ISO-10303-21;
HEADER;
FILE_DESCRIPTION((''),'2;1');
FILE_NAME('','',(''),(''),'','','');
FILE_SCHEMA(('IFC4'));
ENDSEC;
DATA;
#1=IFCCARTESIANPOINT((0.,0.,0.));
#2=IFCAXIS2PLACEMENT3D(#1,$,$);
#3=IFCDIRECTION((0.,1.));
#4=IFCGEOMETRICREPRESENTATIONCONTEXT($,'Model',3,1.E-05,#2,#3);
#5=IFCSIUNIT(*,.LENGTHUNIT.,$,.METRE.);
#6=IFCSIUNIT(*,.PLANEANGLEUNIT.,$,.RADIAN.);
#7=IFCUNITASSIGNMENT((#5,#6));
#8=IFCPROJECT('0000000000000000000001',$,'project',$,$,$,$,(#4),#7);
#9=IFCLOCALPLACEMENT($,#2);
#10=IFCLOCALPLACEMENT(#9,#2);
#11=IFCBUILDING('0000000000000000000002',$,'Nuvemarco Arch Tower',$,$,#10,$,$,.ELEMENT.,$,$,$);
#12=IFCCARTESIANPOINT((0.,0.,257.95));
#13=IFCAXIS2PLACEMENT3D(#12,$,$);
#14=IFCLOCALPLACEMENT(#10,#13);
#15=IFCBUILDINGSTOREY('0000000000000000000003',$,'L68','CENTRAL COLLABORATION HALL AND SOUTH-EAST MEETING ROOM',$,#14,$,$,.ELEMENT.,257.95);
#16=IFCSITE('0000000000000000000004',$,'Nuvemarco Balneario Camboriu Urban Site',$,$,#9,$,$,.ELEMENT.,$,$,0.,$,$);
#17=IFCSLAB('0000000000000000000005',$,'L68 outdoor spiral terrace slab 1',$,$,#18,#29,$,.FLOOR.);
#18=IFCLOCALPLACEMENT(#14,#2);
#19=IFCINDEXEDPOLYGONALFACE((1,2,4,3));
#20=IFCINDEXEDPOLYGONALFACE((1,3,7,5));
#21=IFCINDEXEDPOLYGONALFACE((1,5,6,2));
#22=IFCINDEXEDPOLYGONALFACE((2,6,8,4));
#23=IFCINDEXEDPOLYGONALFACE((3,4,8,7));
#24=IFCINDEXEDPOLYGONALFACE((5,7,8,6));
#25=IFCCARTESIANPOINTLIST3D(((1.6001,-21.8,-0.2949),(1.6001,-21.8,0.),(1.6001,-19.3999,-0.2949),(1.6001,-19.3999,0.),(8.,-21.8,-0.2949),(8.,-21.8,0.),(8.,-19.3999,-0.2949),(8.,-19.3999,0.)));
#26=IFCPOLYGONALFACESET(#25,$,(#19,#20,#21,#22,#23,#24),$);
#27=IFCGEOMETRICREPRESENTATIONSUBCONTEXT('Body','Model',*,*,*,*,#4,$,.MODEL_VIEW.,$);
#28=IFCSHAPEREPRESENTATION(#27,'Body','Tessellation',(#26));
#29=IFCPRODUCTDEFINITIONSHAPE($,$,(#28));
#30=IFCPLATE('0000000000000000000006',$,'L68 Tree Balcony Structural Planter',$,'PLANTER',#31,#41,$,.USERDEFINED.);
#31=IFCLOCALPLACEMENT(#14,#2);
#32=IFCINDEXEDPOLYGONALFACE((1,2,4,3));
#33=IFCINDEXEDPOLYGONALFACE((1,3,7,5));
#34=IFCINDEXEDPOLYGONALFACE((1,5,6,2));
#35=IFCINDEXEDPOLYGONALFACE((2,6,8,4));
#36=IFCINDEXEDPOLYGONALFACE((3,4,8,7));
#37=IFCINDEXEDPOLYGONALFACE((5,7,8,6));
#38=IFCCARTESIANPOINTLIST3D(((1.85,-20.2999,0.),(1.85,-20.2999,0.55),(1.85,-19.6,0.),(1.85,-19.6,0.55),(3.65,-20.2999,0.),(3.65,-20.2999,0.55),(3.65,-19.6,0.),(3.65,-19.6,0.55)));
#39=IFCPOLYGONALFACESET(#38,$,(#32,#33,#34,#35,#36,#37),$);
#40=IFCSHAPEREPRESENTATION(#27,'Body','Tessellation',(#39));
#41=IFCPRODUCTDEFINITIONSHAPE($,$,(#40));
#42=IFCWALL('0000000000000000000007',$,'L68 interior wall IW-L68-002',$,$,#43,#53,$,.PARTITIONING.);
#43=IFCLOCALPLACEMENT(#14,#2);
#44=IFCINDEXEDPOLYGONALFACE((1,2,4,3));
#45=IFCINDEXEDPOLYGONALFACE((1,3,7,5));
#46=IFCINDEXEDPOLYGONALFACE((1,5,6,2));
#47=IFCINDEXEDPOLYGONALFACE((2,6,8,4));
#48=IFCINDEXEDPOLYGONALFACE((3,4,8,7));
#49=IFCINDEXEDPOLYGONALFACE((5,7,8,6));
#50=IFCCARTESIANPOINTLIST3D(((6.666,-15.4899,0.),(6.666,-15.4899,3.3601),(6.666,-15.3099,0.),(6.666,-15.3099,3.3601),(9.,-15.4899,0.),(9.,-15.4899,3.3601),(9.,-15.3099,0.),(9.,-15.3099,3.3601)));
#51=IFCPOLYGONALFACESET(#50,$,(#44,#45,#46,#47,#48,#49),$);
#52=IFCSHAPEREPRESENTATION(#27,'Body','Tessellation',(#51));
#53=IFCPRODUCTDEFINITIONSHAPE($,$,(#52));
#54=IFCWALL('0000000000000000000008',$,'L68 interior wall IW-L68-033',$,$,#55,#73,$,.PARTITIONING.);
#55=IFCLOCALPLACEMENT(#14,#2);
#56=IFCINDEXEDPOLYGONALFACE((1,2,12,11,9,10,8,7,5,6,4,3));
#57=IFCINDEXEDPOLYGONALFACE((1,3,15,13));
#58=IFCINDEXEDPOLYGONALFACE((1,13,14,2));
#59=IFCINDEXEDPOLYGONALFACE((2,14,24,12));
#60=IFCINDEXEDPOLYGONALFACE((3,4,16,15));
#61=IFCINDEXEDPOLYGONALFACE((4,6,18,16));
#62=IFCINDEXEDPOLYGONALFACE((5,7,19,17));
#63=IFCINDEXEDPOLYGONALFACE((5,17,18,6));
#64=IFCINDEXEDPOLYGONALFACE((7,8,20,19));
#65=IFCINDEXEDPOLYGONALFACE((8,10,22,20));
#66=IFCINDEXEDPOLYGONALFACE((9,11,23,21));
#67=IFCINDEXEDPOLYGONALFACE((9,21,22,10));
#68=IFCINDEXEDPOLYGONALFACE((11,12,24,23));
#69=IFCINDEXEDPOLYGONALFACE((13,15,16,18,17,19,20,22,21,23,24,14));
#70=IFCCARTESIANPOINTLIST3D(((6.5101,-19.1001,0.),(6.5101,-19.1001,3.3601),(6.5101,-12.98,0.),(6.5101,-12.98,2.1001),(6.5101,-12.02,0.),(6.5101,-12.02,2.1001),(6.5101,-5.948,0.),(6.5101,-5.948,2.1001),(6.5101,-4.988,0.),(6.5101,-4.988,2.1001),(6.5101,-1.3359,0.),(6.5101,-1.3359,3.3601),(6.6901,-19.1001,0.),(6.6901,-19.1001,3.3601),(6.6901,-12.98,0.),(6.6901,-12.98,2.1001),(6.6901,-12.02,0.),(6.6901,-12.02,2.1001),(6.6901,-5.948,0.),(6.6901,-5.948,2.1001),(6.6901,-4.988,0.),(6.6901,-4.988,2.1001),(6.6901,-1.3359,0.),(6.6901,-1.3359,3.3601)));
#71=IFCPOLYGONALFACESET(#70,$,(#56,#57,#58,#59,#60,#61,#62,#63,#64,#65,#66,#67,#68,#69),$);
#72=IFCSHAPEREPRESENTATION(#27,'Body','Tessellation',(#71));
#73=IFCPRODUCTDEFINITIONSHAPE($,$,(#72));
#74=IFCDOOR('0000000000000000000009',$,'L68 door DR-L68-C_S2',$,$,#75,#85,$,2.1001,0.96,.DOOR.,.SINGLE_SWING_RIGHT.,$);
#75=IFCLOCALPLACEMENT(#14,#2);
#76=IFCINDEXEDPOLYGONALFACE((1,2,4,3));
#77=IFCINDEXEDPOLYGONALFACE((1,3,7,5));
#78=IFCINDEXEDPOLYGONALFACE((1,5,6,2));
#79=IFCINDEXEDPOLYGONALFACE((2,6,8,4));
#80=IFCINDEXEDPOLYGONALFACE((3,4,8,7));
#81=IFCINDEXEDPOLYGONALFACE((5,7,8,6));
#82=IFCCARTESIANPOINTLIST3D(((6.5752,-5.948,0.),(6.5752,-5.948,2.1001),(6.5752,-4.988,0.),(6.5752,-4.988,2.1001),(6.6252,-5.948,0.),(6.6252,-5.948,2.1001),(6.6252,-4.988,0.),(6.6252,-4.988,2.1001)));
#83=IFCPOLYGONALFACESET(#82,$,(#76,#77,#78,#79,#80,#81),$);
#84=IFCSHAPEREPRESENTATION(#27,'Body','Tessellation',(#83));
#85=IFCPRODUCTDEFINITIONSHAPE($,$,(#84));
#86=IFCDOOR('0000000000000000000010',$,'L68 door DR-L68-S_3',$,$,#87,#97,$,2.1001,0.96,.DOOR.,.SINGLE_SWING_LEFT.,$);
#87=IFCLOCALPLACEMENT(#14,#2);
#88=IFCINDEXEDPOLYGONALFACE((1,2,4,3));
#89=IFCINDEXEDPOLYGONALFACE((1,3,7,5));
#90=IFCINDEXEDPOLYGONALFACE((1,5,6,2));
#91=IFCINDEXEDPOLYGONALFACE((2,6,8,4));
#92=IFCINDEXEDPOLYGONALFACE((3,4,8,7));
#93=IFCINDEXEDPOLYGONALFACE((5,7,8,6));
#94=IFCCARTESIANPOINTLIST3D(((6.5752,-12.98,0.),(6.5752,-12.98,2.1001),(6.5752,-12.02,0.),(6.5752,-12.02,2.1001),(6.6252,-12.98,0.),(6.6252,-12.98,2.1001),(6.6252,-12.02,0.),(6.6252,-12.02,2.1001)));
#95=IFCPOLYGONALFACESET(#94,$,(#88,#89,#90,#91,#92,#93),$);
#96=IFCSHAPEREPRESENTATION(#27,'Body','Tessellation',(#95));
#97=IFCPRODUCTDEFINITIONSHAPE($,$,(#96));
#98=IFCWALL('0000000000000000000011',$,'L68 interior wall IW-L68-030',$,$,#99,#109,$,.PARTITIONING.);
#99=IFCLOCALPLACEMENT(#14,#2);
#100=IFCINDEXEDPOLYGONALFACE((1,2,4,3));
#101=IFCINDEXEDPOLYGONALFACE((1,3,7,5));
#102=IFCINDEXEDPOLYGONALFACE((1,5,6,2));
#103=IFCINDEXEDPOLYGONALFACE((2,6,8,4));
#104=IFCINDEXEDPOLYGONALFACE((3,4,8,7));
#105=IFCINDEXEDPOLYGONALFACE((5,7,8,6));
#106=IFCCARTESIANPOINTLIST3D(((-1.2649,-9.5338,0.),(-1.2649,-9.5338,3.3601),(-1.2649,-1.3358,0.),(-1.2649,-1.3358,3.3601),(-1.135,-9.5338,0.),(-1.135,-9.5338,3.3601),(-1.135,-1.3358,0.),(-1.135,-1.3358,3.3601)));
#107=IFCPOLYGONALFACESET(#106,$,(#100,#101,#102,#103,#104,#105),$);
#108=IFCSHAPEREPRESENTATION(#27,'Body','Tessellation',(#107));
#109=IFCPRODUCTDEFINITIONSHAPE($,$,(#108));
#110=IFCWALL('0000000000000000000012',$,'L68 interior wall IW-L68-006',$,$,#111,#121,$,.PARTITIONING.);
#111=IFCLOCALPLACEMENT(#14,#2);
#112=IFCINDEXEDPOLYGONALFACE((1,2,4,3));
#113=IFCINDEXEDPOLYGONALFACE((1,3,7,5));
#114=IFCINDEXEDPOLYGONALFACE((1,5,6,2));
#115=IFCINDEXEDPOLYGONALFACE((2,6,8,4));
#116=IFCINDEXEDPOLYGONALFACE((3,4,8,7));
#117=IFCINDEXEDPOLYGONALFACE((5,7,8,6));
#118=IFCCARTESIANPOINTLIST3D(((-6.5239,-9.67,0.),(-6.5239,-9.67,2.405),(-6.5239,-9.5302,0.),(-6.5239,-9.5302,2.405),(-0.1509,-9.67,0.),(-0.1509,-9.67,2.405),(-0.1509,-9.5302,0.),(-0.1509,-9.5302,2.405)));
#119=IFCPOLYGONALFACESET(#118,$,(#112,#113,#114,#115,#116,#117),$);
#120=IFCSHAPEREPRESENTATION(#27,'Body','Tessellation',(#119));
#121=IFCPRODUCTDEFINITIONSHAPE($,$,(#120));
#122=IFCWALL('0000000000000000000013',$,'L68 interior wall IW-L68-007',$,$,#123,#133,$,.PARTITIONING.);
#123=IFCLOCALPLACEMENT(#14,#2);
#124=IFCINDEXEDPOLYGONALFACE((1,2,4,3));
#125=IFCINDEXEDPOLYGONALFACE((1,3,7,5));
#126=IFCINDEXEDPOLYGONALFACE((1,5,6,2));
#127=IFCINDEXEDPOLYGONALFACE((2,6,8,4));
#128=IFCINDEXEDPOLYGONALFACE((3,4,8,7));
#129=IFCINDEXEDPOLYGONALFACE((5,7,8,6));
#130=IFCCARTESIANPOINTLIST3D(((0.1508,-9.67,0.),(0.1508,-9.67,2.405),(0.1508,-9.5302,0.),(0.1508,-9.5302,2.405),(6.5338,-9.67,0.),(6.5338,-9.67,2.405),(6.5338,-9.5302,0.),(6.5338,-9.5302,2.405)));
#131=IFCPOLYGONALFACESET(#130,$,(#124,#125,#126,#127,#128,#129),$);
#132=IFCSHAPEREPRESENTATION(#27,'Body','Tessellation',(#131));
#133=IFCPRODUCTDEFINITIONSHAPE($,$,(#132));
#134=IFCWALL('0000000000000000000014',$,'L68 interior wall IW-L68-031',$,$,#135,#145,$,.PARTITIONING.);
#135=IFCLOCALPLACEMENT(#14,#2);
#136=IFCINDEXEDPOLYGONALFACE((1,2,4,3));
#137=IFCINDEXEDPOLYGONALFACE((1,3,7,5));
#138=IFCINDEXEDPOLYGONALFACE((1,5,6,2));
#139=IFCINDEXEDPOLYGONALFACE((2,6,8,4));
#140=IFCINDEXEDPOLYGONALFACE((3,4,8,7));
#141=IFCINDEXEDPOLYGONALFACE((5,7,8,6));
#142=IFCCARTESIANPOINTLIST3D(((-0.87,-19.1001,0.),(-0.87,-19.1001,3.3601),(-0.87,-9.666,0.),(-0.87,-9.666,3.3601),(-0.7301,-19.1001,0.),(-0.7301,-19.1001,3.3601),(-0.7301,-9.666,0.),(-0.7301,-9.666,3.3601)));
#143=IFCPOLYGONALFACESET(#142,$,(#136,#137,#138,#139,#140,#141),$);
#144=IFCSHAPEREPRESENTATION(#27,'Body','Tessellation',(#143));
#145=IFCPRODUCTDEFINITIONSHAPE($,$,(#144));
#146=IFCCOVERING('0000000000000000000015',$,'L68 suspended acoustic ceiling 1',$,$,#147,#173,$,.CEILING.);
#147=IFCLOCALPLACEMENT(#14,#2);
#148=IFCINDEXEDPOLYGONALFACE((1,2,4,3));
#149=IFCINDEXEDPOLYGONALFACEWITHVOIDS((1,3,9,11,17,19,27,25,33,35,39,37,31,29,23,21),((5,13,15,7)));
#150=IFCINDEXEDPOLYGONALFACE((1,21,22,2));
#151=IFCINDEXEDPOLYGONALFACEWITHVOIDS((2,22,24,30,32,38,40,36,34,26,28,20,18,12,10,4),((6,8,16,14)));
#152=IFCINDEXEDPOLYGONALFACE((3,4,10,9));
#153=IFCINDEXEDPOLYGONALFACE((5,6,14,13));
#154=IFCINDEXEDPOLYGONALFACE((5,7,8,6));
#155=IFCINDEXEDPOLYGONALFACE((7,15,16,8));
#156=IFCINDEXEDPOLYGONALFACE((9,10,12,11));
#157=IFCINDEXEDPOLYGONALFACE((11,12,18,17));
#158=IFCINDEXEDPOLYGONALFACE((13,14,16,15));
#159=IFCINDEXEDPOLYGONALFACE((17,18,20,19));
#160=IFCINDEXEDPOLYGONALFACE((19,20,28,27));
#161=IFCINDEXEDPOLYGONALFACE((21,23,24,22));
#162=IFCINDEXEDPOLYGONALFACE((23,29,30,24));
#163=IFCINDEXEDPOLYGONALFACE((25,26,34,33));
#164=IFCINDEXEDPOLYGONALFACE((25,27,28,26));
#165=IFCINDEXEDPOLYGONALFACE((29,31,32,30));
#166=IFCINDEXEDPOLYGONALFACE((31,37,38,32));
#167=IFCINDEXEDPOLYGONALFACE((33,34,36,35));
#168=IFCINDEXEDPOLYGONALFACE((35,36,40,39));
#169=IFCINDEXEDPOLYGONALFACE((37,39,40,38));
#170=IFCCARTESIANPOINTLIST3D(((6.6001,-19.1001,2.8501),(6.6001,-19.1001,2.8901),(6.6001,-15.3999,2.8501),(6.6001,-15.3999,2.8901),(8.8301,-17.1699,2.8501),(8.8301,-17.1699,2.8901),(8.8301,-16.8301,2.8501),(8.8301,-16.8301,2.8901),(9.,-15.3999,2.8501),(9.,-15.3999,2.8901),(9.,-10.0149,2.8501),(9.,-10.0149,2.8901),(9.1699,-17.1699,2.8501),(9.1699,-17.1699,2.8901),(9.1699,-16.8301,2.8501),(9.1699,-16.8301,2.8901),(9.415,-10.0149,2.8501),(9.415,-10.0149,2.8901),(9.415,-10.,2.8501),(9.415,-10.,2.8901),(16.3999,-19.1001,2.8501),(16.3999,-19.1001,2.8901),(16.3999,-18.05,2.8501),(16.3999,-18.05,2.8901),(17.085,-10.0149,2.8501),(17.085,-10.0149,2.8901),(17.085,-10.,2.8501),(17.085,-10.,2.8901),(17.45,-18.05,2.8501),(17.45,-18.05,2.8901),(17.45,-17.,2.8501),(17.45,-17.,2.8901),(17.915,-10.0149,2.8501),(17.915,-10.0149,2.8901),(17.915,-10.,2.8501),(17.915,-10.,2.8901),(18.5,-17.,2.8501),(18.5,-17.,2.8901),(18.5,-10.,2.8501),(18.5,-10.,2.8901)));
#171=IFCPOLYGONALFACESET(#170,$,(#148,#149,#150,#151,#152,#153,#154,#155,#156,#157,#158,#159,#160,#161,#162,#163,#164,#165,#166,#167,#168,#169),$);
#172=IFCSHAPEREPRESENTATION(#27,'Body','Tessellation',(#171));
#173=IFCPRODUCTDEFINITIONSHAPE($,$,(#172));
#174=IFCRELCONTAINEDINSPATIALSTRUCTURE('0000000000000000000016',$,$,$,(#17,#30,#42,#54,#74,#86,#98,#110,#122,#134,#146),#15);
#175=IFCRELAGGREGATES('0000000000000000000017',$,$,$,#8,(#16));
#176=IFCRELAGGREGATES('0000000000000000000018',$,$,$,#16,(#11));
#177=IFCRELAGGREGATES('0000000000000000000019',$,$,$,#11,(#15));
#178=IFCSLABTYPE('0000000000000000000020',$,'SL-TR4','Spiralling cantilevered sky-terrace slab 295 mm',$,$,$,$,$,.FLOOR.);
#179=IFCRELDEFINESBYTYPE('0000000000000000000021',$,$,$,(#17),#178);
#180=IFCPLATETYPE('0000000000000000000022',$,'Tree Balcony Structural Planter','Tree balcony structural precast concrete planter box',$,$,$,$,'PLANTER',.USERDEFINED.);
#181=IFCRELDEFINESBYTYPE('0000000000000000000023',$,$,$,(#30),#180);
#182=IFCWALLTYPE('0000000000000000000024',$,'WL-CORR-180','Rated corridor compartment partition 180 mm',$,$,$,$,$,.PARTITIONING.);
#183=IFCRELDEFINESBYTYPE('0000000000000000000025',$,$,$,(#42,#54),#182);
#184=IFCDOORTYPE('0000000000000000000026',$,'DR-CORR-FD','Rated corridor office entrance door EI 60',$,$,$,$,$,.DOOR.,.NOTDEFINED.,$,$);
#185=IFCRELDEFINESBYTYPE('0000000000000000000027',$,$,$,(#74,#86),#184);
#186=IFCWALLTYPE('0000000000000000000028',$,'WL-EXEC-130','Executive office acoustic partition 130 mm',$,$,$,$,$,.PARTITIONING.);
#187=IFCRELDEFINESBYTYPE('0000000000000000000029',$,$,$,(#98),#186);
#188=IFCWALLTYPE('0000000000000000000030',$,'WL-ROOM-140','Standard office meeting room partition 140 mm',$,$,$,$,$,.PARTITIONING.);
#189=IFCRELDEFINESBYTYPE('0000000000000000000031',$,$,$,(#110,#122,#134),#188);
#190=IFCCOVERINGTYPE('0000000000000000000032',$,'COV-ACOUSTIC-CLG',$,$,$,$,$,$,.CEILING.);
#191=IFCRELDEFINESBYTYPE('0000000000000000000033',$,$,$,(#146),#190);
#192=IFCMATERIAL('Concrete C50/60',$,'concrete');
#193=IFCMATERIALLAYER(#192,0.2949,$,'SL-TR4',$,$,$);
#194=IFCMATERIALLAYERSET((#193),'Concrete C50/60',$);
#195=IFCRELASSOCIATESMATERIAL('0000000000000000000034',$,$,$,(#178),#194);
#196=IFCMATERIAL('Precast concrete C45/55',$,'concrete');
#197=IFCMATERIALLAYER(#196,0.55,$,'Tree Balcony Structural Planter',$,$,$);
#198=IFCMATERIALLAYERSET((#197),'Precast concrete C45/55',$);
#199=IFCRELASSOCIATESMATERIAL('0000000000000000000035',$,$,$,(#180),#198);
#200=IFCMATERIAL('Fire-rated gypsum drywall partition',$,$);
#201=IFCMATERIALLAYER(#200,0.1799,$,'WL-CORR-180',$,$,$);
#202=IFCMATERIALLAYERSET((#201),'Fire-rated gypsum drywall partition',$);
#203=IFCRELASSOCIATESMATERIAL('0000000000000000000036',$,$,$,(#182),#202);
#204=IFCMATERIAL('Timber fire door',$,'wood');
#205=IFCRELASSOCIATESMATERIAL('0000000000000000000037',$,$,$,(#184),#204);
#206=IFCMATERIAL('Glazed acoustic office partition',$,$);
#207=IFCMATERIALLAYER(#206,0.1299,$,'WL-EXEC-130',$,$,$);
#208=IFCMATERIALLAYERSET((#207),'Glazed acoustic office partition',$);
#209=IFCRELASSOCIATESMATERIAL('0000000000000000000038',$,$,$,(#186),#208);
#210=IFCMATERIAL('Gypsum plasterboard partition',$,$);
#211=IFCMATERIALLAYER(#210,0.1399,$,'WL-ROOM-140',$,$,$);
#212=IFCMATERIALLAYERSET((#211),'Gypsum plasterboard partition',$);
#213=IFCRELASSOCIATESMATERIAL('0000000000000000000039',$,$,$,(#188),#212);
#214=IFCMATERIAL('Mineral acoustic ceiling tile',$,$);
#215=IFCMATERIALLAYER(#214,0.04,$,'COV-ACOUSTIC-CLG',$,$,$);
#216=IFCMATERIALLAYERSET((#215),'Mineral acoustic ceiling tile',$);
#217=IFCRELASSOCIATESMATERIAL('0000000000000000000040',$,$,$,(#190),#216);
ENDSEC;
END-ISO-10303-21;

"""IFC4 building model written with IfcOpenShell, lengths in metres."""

from ifc_helpers import new_model, si_unit, direction, frame, frame_2d, origin, origin_2d, place, context, subcontext, project, spatial, polyline, rectangle, outline, extrude, source, transform, mapped, material, layer, layer_set, type_object, type_shapes, element, fill, save


model = new_model("IFC4")

# Units and contexts
model_context = context("Model", 3, precision=1e-05, world=origin(), true_north=direction((0.0, 1.0)))
body_context = subcontext(model_context, "Body", "Model", "MODEL_VIEW")
ifc_project = project(units=[si_unit("LENGTHUNIT", "METRE"), si_unit("PLANEANGLEUNIT", "RADIAN")], contexts=[model_context])

# Site, building, storey
site_placement = place(None, origin())
site = spatial("IfcSite", under=ifc_project, at=site_placement, Name="Nuvemarco Balneario Camboriu Urban Site", CompositionType="ELEMENT", RefElevation=0.0)
building_placement = place(site_placement, origin())
building = spatial("IfcBuilding", under=site, at=building_placement, Name="Nuvemarco Arch Tower", CompositionType="ELEMENT")
storey_placement = place(building_placement, frame((0.0, 0.0, 257.95)))
storey = spatial("IfcBuildingStorey", under=building, at=storey_placement, Name="L68", Description="CENTRAL COLLABORATION HALL AND SOUTH-EAST MEETING ROOM", CompositionType="ELEMENT", Elevation=257.95)

# Shared definitions
ifc_material_1 = material(Name="Precast concrete C45/55", Category="concrete")

# Shared definitions
ifc_material_2 = material(Name="Concrete C50/60", Category="concrete")

# Slab
ifc_layer_1 = layer(ifc_material_2, 0.2949, Name="SL-TR4")
ifc_layer_set_1 = layer_set([ifc_layer_1], Name="Concrete C50/60")
slab_type_1 = type_object("IfcSlabType", Name="SL-TR4", Description="Spiralling cantilevered sky-terrace slab 295 mm", PredefinedType="FLOOR", material=ifc_layer_set_1)
slab_1_placement = place(storey_placement, frame((0.0, 0.0, -0.2949)))
element("IfcSlab", 1, at=slab_1_placement, inside=storey, type_object=slab_type_1, Name="L68 outdoor spiral terrace slab 1", PredefinedType="FLOOR", context=body_context, shape_type="SweptSolid", body=[
    extrude(outline(polyline([(1.6001, -21.8), (8.0, -21.8), (8.0, -19.3999), (1.6001, -19.3999), (1.6001, -21.8)])), origin(), (0.0, 0.0, 1.0), 0.2949),
])

# Plate
ifc_layer_2 = layer(ifc_material_1, 0.55, Name="Tree Balcony Structural Planter")
ifc_layer_set_2 = layer_set([ifc_layer_2], Name="Precast concrete C45/55")
plate_type = type_object("IfcPlateType", Name="Tree Balcony Structural Planter", Description="Tree balcony structural precast concrete planter box", ElementType="PLANTER", PredefinedType="USERDEFINED", material=ifc_layer_set_2)
shared_shape_1 = source(origin(), body_context, "Body", "SweptSolid", [
    extrude(rectangle(XDim=1.8, YDim=0.7, at=origin_2d()), origin(), (0.0, 0.0, 1.0), 0.55),
])
type_shapes(plate_type, [shared_shape_1])
plate_placement = place(storey_placement, frame((2.75, -19.95, 0.0), z_axis=(0.0, 0.0, 1.0), x_axis=(1.0, 0.0, 0.0)))
element("IfcPlate", 2, at=plate_placement, inside=storey, type_object=plate_type, Name="L68 Tree Balcony Structural Planter", ObjectType="PLANTER", PredefinedType="USERDEFINED", context=body_context, shape_type="MappedRepresentation", body=[
    mapped(shared_shape_1, transform((0.0, 0.0, 0.0), scale=1.0)),
])

# Wall
ifc_material_3 = material(Name="Fire-rated gypsum drywall partition")
ifc_layer_3 = layer(ifc_material_3, 0.1799, Name="WL-CORR-180")
ifc_layer_set_3 = layer_set([ifc_layer_3], Name="Fire-rated gypsum drywall partition")
wall_type_1 = type_object("IfcWallType", Name="WL-CORR-180", Description="Rated corridor compartment partition 180 mm", PredefinedType="PARTITIONING", material=ifc_layer_set_3)
wall_1_placement = place(storey_placement, frame((6.666, -15.3999, 0.0), z_axis=(0.0, 0.0, 1.0), x_axis=(1.0, 0.0, 0.0)))
element("IfcWall", 3, at=wall_1_placement, inside=storey, type_object=wall_type_1, Name="L68 interior wall IW-L68-002", PredefinedType="PARTITIONING", context=body_context, shape_type="SweptSolid", body=[
    extrude(rectangle(XDim=2.334, YDim=0.1799, at=frame_2d((1.167, 0.0))), origin(), (0.0, 0.0, 1.0), 3.3601),
])

# Wall, openings, doors
wall_2_placement = place(storey_placement, frame((6.6001, -19.1001, 0.0), z_axis=(0.0, 0.0, 1.0), x_axis=(0.0, 1.0, 0.0)))
wall_2 = element("IfcWall", 4, at=wall_2_placement, inside=storey, type_object=wall_type_1, Name="L68 interior wall IW-L68-033", PredefinedType="PARTITIONING", context=body_context, shape_type="SweptSolid", body=[
    extrude(rectangle(XDim=17.7642, YDim=0.1799, at=frame_2d((8.8821, 0.0))), origin(), (0.0, 0.0, 1.0), 3.3601),
])
opening_1_placement = place(wall_2_placement, frame((13.1521, 0.0, 0.0)))
opening_1 = element("IfcOpeningElement", 5, at=opening_1_placement, cuts=wall_2, PredefinedType="OPENING", context=body_context, shape_type="SweptSolid", body=[
    extrude(rectangle(XDim=0.96, YDim=2.1001, at=frame_2d((0.48, 1.05))), frame((0.0, 0.0999, 0.0), z_axis=(0.0, -1.0, 0.0), x_axis=(1.0, 0.0, 0.0)), (0.0, 0.0, 1.0), 0.2),
])
opening_2_placement = place(wall_2_placement, frame((6.1201, 0.0, 0.0)))
opening_2 = element("IfcOpeningElement", 6, at=opening_2_placement, cuts=wall_2, PredefinedType="OPENING", context=body_context, shape_type="SweptSolid", body=[
    extrude(rectangle(XDim=0.96, YDim=2.1001, at=frame_2d((0.48, 1.05))), frame((0.0, 0.0999, 0.0), z_axis=(0.0, -1.0, 0.0), x_axis=(1.0, 0.0, 0.0)), (0.0, 0.0, 1.0), 0.2),
])
ifc_material_4 = material(Name="Timber fire door", Category="wood")
door_type = type_object("IfcDoorType", Name="DR-CORR-FD", Description="Rated corridor office entrance door EI 60", OperationType="NOTDEFINED", PredefinedType="DOOR", material=ifc_material_4)
shared_shape_2 = source(origin(), body_context, "Body", "SweptSolid", [
    extrude(rectangle(XDim=0.96, YDim=2.1001, at=frame_2d((0.48, 1.05))), frame((0.0, 0.0249, 0.0), z_axis=(0.0, -1.0, 0.0), x_axis=(1.0, 0.0, 0.0)), (0.0, 0.0, 1.0), 0.05),
])
type_shapes(door_type, [shared_shape_2])
door_1_placement = place(opening_1_placement, origin())
door_1 = element("IfcDoor", 7, at=door_1_placement, inside=storey, type_object=door_type, Name="L68 door DR-L68-C_S2", OperationType="SINGLE_SWING_RIGHT", OverallHeight=2.1001, OverallWidth=0.96, PredefinedType="DOOR", context=body_context, shape_type="MappedRepresentation", body=[
    mapped(shared_shape_2, transform((0.0, 0.0, 0.0), scale=1.0)),
])
fill(opening_1, door_1)
door_2_placement = place(opening_2_placement, origin())
door_2 = element("IfcDoor", 8, at=door_2_placement, inside=storey, type_object=door_type, Name="L68 door DR-L68-S_3", OperationType="SINGLE_SWING_LEFT", OverallHeight=2.1001, OverallWidth=0.96, PredefinedType="DOOR", context=body_context, shape_type="MappedRepresentation", body=[
    mapped(shared_shape_2, transform((0.0, 0.0, 0.0), scale=1.0)),
])
fill(opening_2, door_2)

# Walls
ifc_material_5 = material(Name="Glazed acoustic office partition")
ifc_layer_4 = layer(ifc_material_5, 0.1299, Name="WL-EXEC-130")
ifc_layer_set_4 = layer_set([ifc_layer_4], Name="Glazed acoustic office partition")
wall_type_2 = type_object("IfcWallType", Name="WL-EXEC-130", Description="Executive office acoustic partition 130 mm", PredefinedType="PARTITIONING", material=ifc_layer_set_4)
wall_3_placement = place(storey_placement, frame((-1.2, -9.5339, 0.0), z_axis=(0.0, 0.0, 1.0), x_axis=(0.0, 1.0, 0.0)))
element("IfcWall", 9, at=wall_3_placement, inside=storey, type_object=wall_type_2, Name="L68 interior wall IW-L68-030", PredefinedType="PARTITIONING", context=body_context, shape_type="SweptSolid", body=[
    extrude(rectangle(XDim=8.198, YDim=0.1299, at=frame_2d((4.0991, 0.0))), origin(), (0.0, 0.0, 1.0), 3.3601),
])
ifc_material_6 = material(Name="Gypsum plasterboard partition")
ifc_layer_5 = layer(ifc_material_6, 0.1399, Name="WL-ROOM-140")
ifc_layer_set_5 = layer_set([ifc_layer_5], Name="Gypsum plasterboard partition")
wall_type_3 = type_object("IfcWallType", Name="WL-ROOM-140", Description="Standard office meeting room partition 140 mm", PredefinedType="PARTITIONING", material=ifc_layer_set_5)
wall_4_placement = place(storey_placement, frame((-6.5239, -9.6001, 0.0), z_axis=(0.0, 0.0, 1.0), x_axis=(1.0, 0.0, 0.0)))
element("IfcWall", 10, at=wall_4_placement, inside=storey, type_object=wall_type_3, Name="L68 interior wall IW-L68-006", PredefinedType="PARTITIONING", context=body_context, shape_type="SweptSolid", body=[
    extrude(rectangle(XDim=6.373, YDim=0.1399, at=frame_2d((3.1865, 0.0))), origin(), (0.0, 0.0, 1.0), 2.405),
])
wall_5_placement = place(storey_placement, frame((0.1509, -9.6001, 0.0), z_axis=(0.0, 0.0, 1.0), x_axis=(1.0, 0.0, 0.0)))
element("IfcWall", 11, at=wall_5_placement, inside=storey, type_object=wall_type_3, Name="L68 interior wall IW-L68-007", PredefinedType="PARTITIONING", context=body_context, shape_type="SweptSolid", body=[
    extrude(rectangle(XDim=6.3831, YDim=0.1399, at=frame_2d((3.1914, 0.0))), origin(), (0.0, 0.0, 1.0), 2.405),
])
wall_6_placement = place(storey_placement, frame((-0.8, -19.1001, 0.0), z_axis=(0.0, 0.0, 1.0), x_axis=(0.0, 1.0, 0.0)))
element("IfcWall", 12, at=wall_6_placement, inside=storey, type_object=wall_type_3, Name="L68 interior wall IW-L68-031", PredefinedType="PARTITIONING", context=body_context, shape_type="SweptSolid", body=[
    extrude(rectangle(XDim=9.4341, YDim=0.1399, at=frame_2d((4.717, 0.0))), origin(), (0.0, 0.0, 1.0), 3.3601),
])

# Covering
ifc_material_7 = material(Name="Mineral acoustic ceiling tile")
ifc_layer_6 = layer(ifc_material_7, 0.04, Name="COV-ACOUSTIC-CLG")
ifc_layer_set_6 = layer_set([ifc_layer_6], Name="Mineral acoustic ceiling tile")
covering_type = type_object("IfcCoveringType", Name="COV-ACOUSTIC-CLG", PredefinedType="CEILING", material=ifc_layer_set_6)
covering_1_placement = place(storey_placement, frame((0.0, 0.0, 2.8501)))
element("IfcCovering", 13, at=covering_1_placement, inside=storey, type_object=covering_type, Name="L68 suspended acoustic ceiling 1", PredefinedType="CEILING", context=body_context, shape_type="SweptSolid", body=[
    extrude(outline(polyline([(16.3999, -19.1001), (6.6001, -19.1001), (6.6001, -15.3999), (9.0, -15.3999), (9.0, -10.0149), (9.415, -10.0149), (9.415, -10.0), (17.085, -10.0), (17.085, -10.0149), (17.915, -10.0149), (17.915, -10.0), (18.5, -10.0), (18.5, -17.0), (17.45, -17.0), (17.45, -18.05), (16.3999, -18.05), (16.3999, -19.1001)]), holes=[polyline([(9.1699, -17.1699), (9.1699, -16.8301), (8.8301, -16.8301), (8.8301, -17.1699), (9.1699, -17.1699)])]), origin(), (0.0, 0.0, 1.0), 0.04),
])

save(model, "model.ifc")
